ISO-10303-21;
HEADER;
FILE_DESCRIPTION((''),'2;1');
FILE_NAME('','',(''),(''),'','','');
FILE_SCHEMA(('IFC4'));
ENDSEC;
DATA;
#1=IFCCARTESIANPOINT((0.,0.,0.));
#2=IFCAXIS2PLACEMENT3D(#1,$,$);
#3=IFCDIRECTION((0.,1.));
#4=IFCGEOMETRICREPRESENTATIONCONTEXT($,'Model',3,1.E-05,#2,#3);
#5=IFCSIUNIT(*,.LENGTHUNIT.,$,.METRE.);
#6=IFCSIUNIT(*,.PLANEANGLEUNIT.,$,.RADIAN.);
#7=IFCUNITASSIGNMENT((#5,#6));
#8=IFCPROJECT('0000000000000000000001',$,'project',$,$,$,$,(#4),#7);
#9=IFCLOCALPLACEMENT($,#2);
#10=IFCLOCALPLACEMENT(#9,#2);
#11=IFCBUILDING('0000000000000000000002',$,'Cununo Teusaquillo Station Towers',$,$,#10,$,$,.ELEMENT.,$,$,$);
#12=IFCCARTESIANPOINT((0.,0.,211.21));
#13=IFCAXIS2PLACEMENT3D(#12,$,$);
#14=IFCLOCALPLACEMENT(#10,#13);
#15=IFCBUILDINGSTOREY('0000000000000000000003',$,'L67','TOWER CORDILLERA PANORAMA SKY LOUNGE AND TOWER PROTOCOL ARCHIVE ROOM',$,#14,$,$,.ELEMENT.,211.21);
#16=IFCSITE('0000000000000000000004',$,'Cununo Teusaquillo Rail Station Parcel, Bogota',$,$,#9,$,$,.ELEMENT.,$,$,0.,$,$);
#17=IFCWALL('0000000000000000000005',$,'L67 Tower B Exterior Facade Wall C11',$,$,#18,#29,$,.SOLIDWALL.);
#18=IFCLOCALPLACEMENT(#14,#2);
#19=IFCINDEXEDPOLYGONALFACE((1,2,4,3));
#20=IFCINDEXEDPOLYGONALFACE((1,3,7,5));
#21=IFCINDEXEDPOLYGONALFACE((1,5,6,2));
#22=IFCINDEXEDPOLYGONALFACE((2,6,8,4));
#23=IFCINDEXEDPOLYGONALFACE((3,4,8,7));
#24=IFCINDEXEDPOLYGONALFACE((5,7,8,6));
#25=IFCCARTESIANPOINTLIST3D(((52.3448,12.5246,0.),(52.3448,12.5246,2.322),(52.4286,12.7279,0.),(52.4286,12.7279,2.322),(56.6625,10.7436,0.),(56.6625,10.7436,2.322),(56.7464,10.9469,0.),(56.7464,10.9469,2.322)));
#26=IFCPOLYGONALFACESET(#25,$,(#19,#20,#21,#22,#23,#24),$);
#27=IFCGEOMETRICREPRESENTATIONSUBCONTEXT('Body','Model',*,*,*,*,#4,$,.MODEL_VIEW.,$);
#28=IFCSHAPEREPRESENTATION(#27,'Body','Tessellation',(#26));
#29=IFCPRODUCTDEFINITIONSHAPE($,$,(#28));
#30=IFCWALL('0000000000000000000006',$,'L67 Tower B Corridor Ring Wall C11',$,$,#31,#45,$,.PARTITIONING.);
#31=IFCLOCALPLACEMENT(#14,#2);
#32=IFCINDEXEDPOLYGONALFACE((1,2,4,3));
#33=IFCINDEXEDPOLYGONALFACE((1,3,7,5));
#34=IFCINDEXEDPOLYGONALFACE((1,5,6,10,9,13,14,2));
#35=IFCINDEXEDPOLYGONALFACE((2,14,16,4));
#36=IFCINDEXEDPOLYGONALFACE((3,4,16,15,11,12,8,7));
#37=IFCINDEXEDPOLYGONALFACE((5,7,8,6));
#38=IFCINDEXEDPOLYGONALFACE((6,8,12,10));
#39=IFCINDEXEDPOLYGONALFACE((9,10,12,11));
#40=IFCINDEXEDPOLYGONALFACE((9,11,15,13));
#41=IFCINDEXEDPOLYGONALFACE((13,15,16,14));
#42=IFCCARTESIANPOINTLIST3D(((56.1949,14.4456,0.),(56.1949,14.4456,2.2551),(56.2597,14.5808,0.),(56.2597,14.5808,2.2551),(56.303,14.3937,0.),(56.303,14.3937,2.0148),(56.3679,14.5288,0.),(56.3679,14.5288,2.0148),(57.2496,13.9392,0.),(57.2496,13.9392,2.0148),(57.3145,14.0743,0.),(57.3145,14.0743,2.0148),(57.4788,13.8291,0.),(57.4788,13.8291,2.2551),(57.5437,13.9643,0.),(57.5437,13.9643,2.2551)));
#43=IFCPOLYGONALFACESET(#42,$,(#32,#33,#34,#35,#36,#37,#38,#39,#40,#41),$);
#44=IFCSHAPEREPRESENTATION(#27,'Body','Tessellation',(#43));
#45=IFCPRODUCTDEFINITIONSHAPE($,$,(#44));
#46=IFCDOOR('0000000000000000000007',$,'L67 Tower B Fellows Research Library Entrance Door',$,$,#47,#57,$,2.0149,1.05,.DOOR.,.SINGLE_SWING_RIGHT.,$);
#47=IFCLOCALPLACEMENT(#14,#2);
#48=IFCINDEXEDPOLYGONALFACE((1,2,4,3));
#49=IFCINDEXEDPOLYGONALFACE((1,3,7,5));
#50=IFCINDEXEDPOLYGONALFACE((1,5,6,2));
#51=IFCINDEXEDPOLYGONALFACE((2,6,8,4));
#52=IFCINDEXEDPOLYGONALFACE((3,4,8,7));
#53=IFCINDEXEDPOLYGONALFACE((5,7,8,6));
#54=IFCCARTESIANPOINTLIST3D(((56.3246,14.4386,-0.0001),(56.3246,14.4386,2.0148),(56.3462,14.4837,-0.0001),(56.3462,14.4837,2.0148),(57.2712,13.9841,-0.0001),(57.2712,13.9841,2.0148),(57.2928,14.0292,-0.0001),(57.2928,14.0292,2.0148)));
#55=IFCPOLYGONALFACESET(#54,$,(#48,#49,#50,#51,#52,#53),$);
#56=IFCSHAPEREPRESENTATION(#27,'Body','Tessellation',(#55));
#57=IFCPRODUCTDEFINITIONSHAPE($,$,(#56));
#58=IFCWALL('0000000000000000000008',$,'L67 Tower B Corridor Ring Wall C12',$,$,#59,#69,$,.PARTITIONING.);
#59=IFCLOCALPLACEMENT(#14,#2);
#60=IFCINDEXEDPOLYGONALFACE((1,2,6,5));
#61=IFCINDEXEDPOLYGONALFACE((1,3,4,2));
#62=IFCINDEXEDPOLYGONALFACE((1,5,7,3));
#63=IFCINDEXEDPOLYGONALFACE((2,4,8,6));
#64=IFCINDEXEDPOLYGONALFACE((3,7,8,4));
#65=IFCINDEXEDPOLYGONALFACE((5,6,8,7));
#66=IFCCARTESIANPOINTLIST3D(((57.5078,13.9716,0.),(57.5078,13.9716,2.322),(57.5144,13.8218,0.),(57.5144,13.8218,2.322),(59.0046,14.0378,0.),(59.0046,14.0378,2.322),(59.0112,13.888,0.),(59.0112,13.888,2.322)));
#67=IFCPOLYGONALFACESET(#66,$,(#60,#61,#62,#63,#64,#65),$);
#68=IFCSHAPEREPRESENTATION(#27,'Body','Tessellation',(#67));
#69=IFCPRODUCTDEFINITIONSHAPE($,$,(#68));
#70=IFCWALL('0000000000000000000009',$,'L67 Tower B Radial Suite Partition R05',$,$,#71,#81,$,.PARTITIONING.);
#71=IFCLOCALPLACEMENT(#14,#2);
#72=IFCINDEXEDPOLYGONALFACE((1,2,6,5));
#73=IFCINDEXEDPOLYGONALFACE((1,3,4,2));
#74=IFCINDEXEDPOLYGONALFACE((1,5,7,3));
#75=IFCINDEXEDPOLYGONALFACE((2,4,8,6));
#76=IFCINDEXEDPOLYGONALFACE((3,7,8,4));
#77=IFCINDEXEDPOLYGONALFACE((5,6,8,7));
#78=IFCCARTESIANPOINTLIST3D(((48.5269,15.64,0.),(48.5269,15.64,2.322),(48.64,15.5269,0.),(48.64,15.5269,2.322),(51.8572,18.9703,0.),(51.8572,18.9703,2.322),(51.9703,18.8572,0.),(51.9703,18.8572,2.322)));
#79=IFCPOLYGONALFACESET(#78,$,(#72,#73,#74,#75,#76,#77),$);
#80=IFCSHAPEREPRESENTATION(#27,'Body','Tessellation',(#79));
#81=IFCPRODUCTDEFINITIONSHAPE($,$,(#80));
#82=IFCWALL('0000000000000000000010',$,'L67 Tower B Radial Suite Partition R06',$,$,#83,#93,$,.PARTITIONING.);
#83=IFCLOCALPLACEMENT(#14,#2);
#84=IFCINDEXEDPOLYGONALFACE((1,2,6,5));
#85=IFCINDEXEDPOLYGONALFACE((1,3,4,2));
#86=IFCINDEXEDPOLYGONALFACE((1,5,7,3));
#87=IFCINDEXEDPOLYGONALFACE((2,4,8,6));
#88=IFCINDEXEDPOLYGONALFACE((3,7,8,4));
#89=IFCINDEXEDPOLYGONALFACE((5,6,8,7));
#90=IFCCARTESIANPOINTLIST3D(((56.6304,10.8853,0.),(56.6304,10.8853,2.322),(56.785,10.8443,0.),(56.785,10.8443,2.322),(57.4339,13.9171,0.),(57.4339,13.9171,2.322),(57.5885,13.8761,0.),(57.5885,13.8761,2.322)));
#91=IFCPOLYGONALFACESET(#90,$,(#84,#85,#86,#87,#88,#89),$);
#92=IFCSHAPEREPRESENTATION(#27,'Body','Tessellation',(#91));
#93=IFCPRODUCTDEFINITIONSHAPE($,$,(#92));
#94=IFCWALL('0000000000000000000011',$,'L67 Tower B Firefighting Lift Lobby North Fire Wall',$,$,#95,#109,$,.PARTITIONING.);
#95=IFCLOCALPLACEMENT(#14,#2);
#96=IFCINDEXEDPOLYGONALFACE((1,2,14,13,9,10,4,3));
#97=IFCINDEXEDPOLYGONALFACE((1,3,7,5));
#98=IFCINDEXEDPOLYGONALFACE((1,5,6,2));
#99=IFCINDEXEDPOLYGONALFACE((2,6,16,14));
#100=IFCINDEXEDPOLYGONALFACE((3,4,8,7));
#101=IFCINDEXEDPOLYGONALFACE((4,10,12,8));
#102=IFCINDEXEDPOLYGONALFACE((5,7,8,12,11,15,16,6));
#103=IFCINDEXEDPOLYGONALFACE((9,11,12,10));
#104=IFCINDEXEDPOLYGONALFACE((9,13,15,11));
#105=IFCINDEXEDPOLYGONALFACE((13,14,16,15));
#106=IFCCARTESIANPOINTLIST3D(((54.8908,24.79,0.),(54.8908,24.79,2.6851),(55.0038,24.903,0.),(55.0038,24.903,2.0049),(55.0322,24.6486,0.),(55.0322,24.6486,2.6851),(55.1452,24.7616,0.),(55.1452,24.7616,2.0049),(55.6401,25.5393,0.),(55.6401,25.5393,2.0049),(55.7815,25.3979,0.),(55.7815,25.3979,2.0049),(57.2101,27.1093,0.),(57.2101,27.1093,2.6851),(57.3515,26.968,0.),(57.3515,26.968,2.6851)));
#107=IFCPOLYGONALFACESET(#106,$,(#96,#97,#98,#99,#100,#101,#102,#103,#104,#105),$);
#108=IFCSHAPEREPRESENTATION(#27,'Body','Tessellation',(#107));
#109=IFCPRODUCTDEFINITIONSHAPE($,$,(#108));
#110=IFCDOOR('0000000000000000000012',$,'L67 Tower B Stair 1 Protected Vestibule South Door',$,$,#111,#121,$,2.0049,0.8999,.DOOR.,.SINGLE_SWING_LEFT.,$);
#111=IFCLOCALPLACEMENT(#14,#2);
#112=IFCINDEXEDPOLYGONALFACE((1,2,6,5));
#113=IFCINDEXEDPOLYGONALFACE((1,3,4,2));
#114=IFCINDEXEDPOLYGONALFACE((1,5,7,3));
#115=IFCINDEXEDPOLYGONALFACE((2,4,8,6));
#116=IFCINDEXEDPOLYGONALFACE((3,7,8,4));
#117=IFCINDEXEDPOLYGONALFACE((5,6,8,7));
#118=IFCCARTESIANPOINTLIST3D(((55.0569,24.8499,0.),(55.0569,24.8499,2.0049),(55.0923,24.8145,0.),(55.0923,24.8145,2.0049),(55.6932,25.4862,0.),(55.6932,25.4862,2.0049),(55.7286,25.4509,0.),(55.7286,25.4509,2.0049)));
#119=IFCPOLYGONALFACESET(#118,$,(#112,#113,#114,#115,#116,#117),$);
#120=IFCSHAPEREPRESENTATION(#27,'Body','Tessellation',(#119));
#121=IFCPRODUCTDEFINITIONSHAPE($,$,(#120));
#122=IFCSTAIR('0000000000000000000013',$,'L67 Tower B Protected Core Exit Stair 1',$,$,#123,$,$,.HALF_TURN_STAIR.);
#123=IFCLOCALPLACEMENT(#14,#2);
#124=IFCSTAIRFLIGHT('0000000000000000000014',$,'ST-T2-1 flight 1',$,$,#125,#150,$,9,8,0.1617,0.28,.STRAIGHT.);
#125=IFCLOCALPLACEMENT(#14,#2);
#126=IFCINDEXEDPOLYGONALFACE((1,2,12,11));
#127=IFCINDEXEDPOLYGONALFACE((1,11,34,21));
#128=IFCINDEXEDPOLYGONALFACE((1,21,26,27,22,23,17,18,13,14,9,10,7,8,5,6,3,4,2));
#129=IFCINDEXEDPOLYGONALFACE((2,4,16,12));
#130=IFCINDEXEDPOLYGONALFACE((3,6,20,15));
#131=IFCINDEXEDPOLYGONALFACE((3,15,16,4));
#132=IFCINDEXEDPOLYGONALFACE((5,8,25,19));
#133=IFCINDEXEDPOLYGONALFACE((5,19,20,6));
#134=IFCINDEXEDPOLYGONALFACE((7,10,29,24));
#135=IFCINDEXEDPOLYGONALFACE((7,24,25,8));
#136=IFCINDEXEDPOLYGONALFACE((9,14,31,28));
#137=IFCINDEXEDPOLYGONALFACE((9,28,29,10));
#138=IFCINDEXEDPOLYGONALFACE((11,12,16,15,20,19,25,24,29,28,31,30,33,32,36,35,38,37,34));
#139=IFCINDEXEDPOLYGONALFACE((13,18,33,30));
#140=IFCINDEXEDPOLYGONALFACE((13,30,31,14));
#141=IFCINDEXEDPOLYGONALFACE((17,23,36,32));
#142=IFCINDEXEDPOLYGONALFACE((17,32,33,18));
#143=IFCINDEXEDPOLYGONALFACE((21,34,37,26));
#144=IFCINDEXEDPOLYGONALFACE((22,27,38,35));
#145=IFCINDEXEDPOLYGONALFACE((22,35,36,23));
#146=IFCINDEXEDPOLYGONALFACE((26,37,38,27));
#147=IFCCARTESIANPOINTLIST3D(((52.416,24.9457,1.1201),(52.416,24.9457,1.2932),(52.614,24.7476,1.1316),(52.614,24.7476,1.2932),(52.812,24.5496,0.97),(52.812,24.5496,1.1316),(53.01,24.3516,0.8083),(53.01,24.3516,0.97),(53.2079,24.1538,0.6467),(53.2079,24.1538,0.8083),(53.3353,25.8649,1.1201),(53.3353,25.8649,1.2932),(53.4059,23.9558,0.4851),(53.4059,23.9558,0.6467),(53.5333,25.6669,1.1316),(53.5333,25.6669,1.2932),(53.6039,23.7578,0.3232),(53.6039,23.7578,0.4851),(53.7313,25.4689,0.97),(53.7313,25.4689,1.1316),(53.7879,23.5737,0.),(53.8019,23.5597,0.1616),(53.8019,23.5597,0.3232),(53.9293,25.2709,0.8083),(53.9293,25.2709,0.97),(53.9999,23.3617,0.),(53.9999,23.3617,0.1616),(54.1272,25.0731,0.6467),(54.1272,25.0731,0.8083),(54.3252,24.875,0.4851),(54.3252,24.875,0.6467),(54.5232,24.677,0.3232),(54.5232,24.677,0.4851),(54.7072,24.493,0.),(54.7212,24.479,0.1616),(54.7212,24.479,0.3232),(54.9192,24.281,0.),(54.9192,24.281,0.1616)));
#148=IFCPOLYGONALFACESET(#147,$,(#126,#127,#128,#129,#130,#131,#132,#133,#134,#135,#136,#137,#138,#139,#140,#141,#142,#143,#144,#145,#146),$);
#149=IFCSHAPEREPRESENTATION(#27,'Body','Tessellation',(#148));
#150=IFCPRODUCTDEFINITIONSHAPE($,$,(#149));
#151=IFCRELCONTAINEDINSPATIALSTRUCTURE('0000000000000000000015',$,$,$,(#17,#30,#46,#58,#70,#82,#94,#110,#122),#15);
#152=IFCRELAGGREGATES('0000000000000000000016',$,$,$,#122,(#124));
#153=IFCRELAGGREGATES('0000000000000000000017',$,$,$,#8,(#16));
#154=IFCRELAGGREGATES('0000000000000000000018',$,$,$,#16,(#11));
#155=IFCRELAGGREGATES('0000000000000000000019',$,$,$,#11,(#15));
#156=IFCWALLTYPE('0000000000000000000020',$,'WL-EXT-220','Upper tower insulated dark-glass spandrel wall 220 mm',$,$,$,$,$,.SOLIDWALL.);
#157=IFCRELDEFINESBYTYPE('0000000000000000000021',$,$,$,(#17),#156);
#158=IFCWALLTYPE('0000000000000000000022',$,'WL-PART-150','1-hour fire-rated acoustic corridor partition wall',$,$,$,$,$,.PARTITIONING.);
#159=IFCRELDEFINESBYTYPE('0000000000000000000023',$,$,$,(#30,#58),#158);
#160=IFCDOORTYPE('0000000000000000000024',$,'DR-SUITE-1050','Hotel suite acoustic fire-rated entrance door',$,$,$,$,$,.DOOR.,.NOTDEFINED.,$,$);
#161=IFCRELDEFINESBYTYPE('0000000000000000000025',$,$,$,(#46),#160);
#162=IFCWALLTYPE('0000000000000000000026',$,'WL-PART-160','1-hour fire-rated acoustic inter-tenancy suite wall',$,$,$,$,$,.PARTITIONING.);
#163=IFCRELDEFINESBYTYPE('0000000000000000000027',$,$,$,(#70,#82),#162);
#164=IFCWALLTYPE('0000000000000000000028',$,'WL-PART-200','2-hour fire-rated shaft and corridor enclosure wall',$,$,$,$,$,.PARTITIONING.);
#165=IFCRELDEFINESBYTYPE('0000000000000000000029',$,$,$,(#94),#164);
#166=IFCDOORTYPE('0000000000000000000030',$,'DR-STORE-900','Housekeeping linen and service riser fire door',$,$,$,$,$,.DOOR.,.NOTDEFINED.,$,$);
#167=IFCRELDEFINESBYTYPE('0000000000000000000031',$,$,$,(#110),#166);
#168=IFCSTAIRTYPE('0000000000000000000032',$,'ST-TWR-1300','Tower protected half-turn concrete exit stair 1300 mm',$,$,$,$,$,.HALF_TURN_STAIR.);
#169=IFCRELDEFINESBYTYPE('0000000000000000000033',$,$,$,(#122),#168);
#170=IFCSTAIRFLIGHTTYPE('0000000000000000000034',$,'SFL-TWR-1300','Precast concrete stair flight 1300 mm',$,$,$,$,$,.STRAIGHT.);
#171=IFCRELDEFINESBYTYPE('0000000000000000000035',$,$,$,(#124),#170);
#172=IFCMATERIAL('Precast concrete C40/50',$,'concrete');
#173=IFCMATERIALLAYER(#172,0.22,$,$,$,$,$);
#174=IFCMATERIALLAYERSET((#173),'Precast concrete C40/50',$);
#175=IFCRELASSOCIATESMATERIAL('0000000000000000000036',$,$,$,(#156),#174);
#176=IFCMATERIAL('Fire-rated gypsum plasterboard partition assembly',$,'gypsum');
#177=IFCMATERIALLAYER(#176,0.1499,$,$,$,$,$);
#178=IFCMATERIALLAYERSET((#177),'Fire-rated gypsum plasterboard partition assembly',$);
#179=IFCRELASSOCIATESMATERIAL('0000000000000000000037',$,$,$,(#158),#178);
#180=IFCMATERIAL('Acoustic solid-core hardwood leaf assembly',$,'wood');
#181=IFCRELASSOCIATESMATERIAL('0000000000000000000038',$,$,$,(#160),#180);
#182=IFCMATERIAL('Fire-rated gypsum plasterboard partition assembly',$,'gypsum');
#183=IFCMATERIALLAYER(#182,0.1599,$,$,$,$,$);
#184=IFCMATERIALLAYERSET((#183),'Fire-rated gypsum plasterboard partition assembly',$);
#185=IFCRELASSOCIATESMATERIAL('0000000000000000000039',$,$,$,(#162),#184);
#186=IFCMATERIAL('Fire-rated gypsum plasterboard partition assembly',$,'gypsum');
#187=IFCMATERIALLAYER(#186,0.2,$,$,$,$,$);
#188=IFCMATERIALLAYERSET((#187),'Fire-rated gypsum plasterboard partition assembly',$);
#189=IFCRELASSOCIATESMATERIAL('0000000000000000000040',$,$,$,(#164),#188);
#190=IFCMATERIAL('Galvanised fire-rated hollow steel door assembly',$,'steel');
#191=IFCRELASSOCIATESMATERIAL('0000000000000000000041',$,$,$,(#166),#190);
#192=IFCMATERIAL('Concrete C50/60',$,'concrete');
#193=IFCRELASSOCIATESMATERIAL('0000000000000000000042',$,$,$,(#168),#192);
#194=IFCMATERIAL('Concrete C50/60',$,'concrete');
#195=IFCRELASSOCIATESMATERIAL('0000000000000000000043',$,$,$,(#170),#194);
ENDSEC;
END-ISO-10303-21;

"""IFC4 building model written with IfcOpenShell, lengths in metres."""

from ifc_helpers import new_model, si_unit, direction, frame, frame_2d, origin, place, context, subcontext, project, spatial, polyline, rectangle, outline, extrude, source, transform, mapped, material, layer, layer_set, type_object, element, fill, aggregate, save


model = new_model("IFC4")

# Units and contexts
model_context = context("Model", 3, precision=1e-05, world=origin(), true_north=direction((0.0, 1.0)))
body_context = subcontext(model_context, "Body", "Model", "MODEL_VIEW")
ifc_project = project(units=[si_unit("LENGTHUNIT", "METRE"), si_unit("PLANEANGLEUNIT", "RADIAN")], contexts=[model_context])

# Site, building, storey
site_placement = place(None, origin())
site = spatial("IfcSite", under=ifc_project, at=site_placement, Name="Cununo Teusaquillo Rail Station Parcel, Bogota", CompositionType="ELEMENT", RefElevation=0.0)
building_placement = place(site_placement, origin())
building = spatial("IfcBuilding", under=site, at=building_placement, Name="Cununo Teusaquillo Station Towers", CompositionType="ELEMENT")
storey_placement = place(building_placement, frame((0.0, 0.0, 211.21)))
storey = spatial("IfcBuildingStorey", under=building, at=storey_placement, Name="L67", Description="TOWER CORDILLERA PANORAMA SKY LOUNGE AND TOWER PROTOCOL ARCHIVE ROOM", CompositionType="ELEMENT", Elevation=211.21)

# Shared definitions
ifc_material_1 = material(Name="Precast concrete C40/50", Category="concrete")
ifc_layer_1 = layer(ifc_material_1, 0.22)
ifc_layer_set_1 = layer_set([ifc_layer_1], Name="Precast concrete C40/50")
wall_type_1 = type_object("IfcWallType", Name="WL-EXT-220", Description="Upper tower insulated dark-glass spandrel wall 220 mm", PredefinedType="SOLIDWALL", material=ifc_layer_set_1)

# Wall
wall_1_placement = place(storey_placement, frame((56.7046, 10.8452, 0.0), z_axis=(0.0, 0.0, 1.0), x_axis=(-0.924447, 0.38131, 0.0)))
element("IfcWall", 1, at=wall_1_placement, inside=storey, type_object=wall_type_1, Name="L67 Tower B Exterior Facade Wall C11", PredefinedType="SOLIDWALL", context=body_context, shape_type="SweptSolid", body=[
    extrude(rectangle(XDim=4.6707, YDim=0.22, at=frame_2d((2.3354, 0.0))), origin(), (0.0, 0.0, 1.0), 2.322),
])

# Wall, opening, door
ifc_material_2 = material(Name="Fire-rated gypsum plasterboard partition assembly", Category="gypsum")
ifc_layer_2 = layer(ifc_material_2, 0.1499)
ifc_layer_set_2 = layer_set([ifc_layer_2], Name="Fire-rated gypsum plasterboard partition assembly")
wall_type_2 = type_object("IfcWallType", Name="WL-PART-150", Description="1-hour fire-rated acoustic corridor partition wall", PredefinedType="PARTITIONING", material=ifc_layer_set_2)
wall_2_placement = place(storey_placement, frame((56.2273, 14.5132, 0.0), z_axis=(0.0, 0.0, 1.0), x_axis=(0.901478, -0.432826, 0.0)))
wall_2 = element("IfcWall", 2, at=wall_2_placement, inside=storey, type_object=wall_type_2, Name="L67 Tower B Corridor Ring Wall C11", PredefinedType="PARTITIONING", context=body_context, shape_type="SweptSolid", body=[
    extrude(rectangle(XDim=1.4243, YDim=0.1499, at=frame_2d((0.7122, 0.0))), origin(), (0.0, 0.0, 1.0), 2.2551),
])
shared_shape_1 = source(origin(), body_context, "Body", "SweptSolid", [
    extrude(rectangle(XDim=1.05, YDim=2.0149, at=frame_2d((0.5249, 1.0073))), frame((0.0, 0.085, 0.0), z_axis=(0.0, -1.0, 0.0), x_axis=(1.0, 0.0, 0.0)), (0.0, 0.0, 1.0), 0.1699),
])
opening_1_placement = place(wall_2_placement, frame((0.1201, 0.0, 0.0)))
opening_1 = element("IfcOpeningElement", 3, at=opening_1_placement, cuts=wall_2, PredefinedType="OPENING", context=body_context, shape_type="MappedRepresentation", body=[
    mapped(shared_shape_1, transform((0.0, 0.0, 0.0), x_axis=(1.0, 0.0, 0.0), y_axis=(0.0, 1.0, 0.0), z_axis=(0.0, 0.0, 1.0), scale=1.0)),
])
ifc_material_3 = material(Name="Acoustic solid-core hardwood leaf assembly", Category="wood")
door_type_1 = type_object("IfcDoorType", Name="DR-SUITE-1050", Description="Hotel suite acoustic fire-rated entrance door", OperationType="NOTDEFINED", PredefinedType="DOOR", material=ifc_material_3)
shared_shape_2 = source(origin(), body_context, "Body", "SweptSolid", [
    extrude(rectangle(XDim=1.05, YDim=2.0149, at=frame_2d((0.5249, 1.0073))), frame((0.0, 0.0249, 0.0), z_axis=(0.0, -1.0, 0.0), x_axis=(1.0, 0.0, 0.0)), (0.0, 0.0, 1.0), 0.05),
])
door_1_placement = place(opening_1_placement, origin())
door_1 = element("IfcDoor", 4, at=door_1_placement, inside=storey, type_object=door_type_1, Name="L67 Tower B Fellows Research Library Entrance Door", OperationType="SINGLE_SWING_RIGHT", OverallHeight=2.0149, OverallWidth=1.05, PredefinedType="DOOR", context=body_context, shape_type="MappedRepresentation", body=[
    mapped(shared_shape_2, transform((0.0, 0.0, 0.0), x_axis=(1.0, 0.0, 0.0), y_axis=(0.0, 1.0, 0.0), z_axis=(0.0, 0.0, 1.0), scale=1.0)),
])
fill(opening_1, door_1)

# Walls
wall_3_placement = place(storey_placement, frame((57.5112, 13.8967, 0.0), z_axis=(0.0, 0.0, 1.0), x_axis=(0.999025, 0.044158, 0.0)))
element("IfcWall", 5, at=wall_3_placement, inside=storey, type_object=wall_type_2, Name="L67 Tower B Corridor Ring Wall C12", PredefinedType="PARTITIONING", context=body_context, shape_type="SweptSolid", body=[
    extrude(rectangle(XDim=1.4983, YDim=0.1499, at=frame_2d((0.749, 0.0))), origin(), (0.0, 0.0, 1.0), 2.322),
])
ifc_material_4 = material(Name="Fire-rated gypsum plasterboard partition assembly", Category="gypsum")
ifc_layer_3 = layer(ifc_material_4, 0.1599)
ifc_layer_set_3 = layer_set([ifc_layer_3], Name="Fire-rated gypsum plasterboard partition assembly")
wall_type_3 = type_object("IfcWallType", Name="WL-PART-160", Description="1-hour fire-rated acoustic inter-tenancy suite wall", PredefinedType="PARTITIONING", material=ifc_layer_set_3)
wall_4_placement = place(storey_placement, frame((51.9138, 18.9138, 0.0), z_axis=(0.0, 0.0, 1.0), x_axis=(-0.707107, -0.707107, 0.0)))
element("IfcWall", 6, at=wall_4_placement, inside=storey, type_object=wall_type_3, Name="L67 Tower B Radial Suite Partition R05", PredefinedType="PARTITIONING", context=body_context, shape_type="SweptSolid", body=[
    extrude(rectangle(XDim=4.7097, YDim=0.1599, at=frame_2d((2.355, 0.0))), origin(), (0.0, 0.0, 1.0), 2.322),
])
wall_5_placement = place(storey_placement, frame((57.5112, 13.8967, 0.0), z_axis=(0.0, 0.0, 1.0), x_axis=(-0.256175, -0.96663, 0.0)))
element("IfcWall", 7, at=wall_5_placement, inside=storey, type_object=wall_type_3, Name="L67 Tower B Radial Suite Partition R06", PredefinedType="PARTITIONING", context=body_context, shape_type="SweptSolid", body=[
    extrude(rectangle(XDim=3.1365, YDim=0.1599, at=frame_2d((1.5684, 0.0))), origin(), (0.0, 0.0, 1.0), 2.322),
])

# Wall, opening, door
ifc_material_5 = material(Name="Fire-rated gypsum plasterboard partition assembly", Category="gypsum")
ifc_layer_4 = layer(ifc_material_5, 0.2)
ifc_layer_set_4 = layer_set([ifc_layer_4], Name="Fire-rated gypsum plasterboard partition assembly")
wall_type_4 = type_object("IfcWallType", Name="WL-PART-200", Description="2-hour fire-rated shaft and corridor enclosure wall", PredefinedType="PARTITIONING", material=ifc_layer_set_4)
wall_6_placement = place(storey_placement, frame((54.9614, 24.7192, 0.0), z_axis=(0.0, 0.0, 1.0), x_axis=(0.707107, 0.707107, 0.0)))
wall_6 = element("IfcWall", 8, at=wall_6_placement, inside=storey, type_object=wall_type_4, Name="L67 Tower B Firefighting Lift Lobby North Fire Wall", PredefinedType="PARTITIONING", context=body_context, shape_type="SweptSolid", body=[
    extrude(rectangle(XDim=3.28, YDim=0.2, at=frame_2d((1.6401, 0.0))), origin(), (0.0, 0.0, 1.0), 2.6851),
])
shared_shape_3 = source(origin(), body_context, "Body", "SweptSolid", [
    extrude(rectangle(XDim=0.8999, YDim=2.0049, at=frame_2d((0.45, 1.0024))), frame((0.0, 0.1099, 0.0), z_axis=(0.0, -1.0, 0.0), x_axis=(1.0, 0.0, 0.0)), (0.0, 0.0, 1.0), 0.22),
])
opening_2_placement = place(wall_6_placement, frame((0.1599, 0.0, 0.0)))
opening_2 = element("IfcOpeningElement", 9, at=opening_2_placement, cuts=wall_6, PredefinedType="OPENING", context=body_context, shape_type="MappedRepresentation", body=[
    mapped(shared_shape_3, transform((0.0, 0.0, 0.0), x_axis=(1.0, 0.0, 0.0), y_axis=(0.0, 1.0, 0.0), z_axis=(0.0, 0.0, 1.0), scale=1.0)),
])
ifc_material_6 = material(Name="Galvanised fire-rated hollow steel door assembly", Category="steel")
door_type_2 = type_object("IfcDoorType", Name="DR-STORE-900", Description="Housekeeping linen and service riser fire door", OperationType="NOTDEFINED", PredefinedType="DOOR", material=ifc_material_6)
shared_shape_4 = source(origin(), body_context, "Body", "SweptSolid", [
    extrude(rectangle(XDim=0.8999, YDim=2.0049, at=frame_2d((0.45, 1.0024))), frame((0.0, 0.0249, 0.0), z_axis=(0.0, -1.0, 0.0), x_axis=(1.0, 0.0, 0.0)), (0.0, 0.0, 1.0), 0.05),
])
door_2_placement = place(opening_2_placement, origin())
door_2 = element("IfcDoor", 10, at=door_2_placement, inside=storey, type_object=door_type_2, Name="L67 Tower B Stair 1 Protected Vestibule South Door", OperationType="SINGLE_SWING_LEFT", OverallHeight=2.0049, OverallWidth=0.8999, PredefinedType="DOOR", context=body_context, shape_type="MappedRepresentation", body=[
    mapped(shared_shape_4, transform((0.0, 0.0, 0.0), x_axis=(1.0, 0.0, 0.0), y_axis=(0.0, 1.0, 0.0), z_axis=(0.0, 0.0, 1.0), scale=1.0)),
])
fill(opening_2, door_2)

# Stair, stair flight
ifc_material_7 = material(Name="Concrete C50/60", Category="concrete")
stair_type = type_object("IfcStairType", Name="ST-TWR-1300", Description="Tower protected half-turn concrete exit stair 1300 mm", PredefinedType="HALF_TURN_STAIR", material=ifc_material_7)
stair_placement = place(storey_placement, origin())
stair = element("IfcStair", 11, at=stair_placement, inside=storey, type_object=stair_type, Name="L67 Tower B Protected Core Exit Stair 1", PredefinedType="HALF_TURN_STAIR")
ifc_material_8 = material(Name="Concrete C50/60", Category="concrete")
stair_flight_type = type_object("IfcStairFlightType", Name="SFL-TWR-1300", Description="Precast concrete stair flight 1300 mm", PredefinedType="STRAIGHT", material=ifc_material_8)
stair_flight_placement = place(storey_placement, frame((54.4595, 23.8213, 0.0), z_axis=(0.0, 0.0, 1.0), x_axis=(-0.707107, 0.707107, 0.0)))
stair_flight = element("IfcStairFlight", 12, at=stair_flight_placement, type_object=stair_flight_type, Name="ST-T2-1 flight 1", NumberOfRisers=9, NumberOfTreads=8, PredefinedType="STRAIGHT", RiserHeight=0.1617, TreadLength=0.28, context=body_context, shape_type="SweptSolid", body=[
    extrude(outline(polyline([(0.0, 0.0), (0.0, 0.1616), (0.28, 0.1616), (0.28, 0.3232), (0.5601, 0.3232), (0.5601, 0.4851), (0.8401, 0.4851), (0.8401, 0.6467), (1.1201, 0.6467), (1.1201, 0.8083), (1.3999, 0.8083), (1.3999, 0.97), (1.6799, 0.97), (1.6799, 1.1316), (1.96, 1.1316), (1.96, 1.2932), (2.24, 1.2932), (2.24, 1.4551), (2.24, 1.1201), (0.2998, 0.0), (0.0, 0.0)])), frame((0.0, 0.6499, 0.0), z_axis=(0.0, -1.0, 0.0), x_axis=(1.0, 0.0, 0.0)), (0.0, 0.0, 1.0), 1.3),
])
aggregate(stair, [stair_flight])

save(model, "model.ifc")
